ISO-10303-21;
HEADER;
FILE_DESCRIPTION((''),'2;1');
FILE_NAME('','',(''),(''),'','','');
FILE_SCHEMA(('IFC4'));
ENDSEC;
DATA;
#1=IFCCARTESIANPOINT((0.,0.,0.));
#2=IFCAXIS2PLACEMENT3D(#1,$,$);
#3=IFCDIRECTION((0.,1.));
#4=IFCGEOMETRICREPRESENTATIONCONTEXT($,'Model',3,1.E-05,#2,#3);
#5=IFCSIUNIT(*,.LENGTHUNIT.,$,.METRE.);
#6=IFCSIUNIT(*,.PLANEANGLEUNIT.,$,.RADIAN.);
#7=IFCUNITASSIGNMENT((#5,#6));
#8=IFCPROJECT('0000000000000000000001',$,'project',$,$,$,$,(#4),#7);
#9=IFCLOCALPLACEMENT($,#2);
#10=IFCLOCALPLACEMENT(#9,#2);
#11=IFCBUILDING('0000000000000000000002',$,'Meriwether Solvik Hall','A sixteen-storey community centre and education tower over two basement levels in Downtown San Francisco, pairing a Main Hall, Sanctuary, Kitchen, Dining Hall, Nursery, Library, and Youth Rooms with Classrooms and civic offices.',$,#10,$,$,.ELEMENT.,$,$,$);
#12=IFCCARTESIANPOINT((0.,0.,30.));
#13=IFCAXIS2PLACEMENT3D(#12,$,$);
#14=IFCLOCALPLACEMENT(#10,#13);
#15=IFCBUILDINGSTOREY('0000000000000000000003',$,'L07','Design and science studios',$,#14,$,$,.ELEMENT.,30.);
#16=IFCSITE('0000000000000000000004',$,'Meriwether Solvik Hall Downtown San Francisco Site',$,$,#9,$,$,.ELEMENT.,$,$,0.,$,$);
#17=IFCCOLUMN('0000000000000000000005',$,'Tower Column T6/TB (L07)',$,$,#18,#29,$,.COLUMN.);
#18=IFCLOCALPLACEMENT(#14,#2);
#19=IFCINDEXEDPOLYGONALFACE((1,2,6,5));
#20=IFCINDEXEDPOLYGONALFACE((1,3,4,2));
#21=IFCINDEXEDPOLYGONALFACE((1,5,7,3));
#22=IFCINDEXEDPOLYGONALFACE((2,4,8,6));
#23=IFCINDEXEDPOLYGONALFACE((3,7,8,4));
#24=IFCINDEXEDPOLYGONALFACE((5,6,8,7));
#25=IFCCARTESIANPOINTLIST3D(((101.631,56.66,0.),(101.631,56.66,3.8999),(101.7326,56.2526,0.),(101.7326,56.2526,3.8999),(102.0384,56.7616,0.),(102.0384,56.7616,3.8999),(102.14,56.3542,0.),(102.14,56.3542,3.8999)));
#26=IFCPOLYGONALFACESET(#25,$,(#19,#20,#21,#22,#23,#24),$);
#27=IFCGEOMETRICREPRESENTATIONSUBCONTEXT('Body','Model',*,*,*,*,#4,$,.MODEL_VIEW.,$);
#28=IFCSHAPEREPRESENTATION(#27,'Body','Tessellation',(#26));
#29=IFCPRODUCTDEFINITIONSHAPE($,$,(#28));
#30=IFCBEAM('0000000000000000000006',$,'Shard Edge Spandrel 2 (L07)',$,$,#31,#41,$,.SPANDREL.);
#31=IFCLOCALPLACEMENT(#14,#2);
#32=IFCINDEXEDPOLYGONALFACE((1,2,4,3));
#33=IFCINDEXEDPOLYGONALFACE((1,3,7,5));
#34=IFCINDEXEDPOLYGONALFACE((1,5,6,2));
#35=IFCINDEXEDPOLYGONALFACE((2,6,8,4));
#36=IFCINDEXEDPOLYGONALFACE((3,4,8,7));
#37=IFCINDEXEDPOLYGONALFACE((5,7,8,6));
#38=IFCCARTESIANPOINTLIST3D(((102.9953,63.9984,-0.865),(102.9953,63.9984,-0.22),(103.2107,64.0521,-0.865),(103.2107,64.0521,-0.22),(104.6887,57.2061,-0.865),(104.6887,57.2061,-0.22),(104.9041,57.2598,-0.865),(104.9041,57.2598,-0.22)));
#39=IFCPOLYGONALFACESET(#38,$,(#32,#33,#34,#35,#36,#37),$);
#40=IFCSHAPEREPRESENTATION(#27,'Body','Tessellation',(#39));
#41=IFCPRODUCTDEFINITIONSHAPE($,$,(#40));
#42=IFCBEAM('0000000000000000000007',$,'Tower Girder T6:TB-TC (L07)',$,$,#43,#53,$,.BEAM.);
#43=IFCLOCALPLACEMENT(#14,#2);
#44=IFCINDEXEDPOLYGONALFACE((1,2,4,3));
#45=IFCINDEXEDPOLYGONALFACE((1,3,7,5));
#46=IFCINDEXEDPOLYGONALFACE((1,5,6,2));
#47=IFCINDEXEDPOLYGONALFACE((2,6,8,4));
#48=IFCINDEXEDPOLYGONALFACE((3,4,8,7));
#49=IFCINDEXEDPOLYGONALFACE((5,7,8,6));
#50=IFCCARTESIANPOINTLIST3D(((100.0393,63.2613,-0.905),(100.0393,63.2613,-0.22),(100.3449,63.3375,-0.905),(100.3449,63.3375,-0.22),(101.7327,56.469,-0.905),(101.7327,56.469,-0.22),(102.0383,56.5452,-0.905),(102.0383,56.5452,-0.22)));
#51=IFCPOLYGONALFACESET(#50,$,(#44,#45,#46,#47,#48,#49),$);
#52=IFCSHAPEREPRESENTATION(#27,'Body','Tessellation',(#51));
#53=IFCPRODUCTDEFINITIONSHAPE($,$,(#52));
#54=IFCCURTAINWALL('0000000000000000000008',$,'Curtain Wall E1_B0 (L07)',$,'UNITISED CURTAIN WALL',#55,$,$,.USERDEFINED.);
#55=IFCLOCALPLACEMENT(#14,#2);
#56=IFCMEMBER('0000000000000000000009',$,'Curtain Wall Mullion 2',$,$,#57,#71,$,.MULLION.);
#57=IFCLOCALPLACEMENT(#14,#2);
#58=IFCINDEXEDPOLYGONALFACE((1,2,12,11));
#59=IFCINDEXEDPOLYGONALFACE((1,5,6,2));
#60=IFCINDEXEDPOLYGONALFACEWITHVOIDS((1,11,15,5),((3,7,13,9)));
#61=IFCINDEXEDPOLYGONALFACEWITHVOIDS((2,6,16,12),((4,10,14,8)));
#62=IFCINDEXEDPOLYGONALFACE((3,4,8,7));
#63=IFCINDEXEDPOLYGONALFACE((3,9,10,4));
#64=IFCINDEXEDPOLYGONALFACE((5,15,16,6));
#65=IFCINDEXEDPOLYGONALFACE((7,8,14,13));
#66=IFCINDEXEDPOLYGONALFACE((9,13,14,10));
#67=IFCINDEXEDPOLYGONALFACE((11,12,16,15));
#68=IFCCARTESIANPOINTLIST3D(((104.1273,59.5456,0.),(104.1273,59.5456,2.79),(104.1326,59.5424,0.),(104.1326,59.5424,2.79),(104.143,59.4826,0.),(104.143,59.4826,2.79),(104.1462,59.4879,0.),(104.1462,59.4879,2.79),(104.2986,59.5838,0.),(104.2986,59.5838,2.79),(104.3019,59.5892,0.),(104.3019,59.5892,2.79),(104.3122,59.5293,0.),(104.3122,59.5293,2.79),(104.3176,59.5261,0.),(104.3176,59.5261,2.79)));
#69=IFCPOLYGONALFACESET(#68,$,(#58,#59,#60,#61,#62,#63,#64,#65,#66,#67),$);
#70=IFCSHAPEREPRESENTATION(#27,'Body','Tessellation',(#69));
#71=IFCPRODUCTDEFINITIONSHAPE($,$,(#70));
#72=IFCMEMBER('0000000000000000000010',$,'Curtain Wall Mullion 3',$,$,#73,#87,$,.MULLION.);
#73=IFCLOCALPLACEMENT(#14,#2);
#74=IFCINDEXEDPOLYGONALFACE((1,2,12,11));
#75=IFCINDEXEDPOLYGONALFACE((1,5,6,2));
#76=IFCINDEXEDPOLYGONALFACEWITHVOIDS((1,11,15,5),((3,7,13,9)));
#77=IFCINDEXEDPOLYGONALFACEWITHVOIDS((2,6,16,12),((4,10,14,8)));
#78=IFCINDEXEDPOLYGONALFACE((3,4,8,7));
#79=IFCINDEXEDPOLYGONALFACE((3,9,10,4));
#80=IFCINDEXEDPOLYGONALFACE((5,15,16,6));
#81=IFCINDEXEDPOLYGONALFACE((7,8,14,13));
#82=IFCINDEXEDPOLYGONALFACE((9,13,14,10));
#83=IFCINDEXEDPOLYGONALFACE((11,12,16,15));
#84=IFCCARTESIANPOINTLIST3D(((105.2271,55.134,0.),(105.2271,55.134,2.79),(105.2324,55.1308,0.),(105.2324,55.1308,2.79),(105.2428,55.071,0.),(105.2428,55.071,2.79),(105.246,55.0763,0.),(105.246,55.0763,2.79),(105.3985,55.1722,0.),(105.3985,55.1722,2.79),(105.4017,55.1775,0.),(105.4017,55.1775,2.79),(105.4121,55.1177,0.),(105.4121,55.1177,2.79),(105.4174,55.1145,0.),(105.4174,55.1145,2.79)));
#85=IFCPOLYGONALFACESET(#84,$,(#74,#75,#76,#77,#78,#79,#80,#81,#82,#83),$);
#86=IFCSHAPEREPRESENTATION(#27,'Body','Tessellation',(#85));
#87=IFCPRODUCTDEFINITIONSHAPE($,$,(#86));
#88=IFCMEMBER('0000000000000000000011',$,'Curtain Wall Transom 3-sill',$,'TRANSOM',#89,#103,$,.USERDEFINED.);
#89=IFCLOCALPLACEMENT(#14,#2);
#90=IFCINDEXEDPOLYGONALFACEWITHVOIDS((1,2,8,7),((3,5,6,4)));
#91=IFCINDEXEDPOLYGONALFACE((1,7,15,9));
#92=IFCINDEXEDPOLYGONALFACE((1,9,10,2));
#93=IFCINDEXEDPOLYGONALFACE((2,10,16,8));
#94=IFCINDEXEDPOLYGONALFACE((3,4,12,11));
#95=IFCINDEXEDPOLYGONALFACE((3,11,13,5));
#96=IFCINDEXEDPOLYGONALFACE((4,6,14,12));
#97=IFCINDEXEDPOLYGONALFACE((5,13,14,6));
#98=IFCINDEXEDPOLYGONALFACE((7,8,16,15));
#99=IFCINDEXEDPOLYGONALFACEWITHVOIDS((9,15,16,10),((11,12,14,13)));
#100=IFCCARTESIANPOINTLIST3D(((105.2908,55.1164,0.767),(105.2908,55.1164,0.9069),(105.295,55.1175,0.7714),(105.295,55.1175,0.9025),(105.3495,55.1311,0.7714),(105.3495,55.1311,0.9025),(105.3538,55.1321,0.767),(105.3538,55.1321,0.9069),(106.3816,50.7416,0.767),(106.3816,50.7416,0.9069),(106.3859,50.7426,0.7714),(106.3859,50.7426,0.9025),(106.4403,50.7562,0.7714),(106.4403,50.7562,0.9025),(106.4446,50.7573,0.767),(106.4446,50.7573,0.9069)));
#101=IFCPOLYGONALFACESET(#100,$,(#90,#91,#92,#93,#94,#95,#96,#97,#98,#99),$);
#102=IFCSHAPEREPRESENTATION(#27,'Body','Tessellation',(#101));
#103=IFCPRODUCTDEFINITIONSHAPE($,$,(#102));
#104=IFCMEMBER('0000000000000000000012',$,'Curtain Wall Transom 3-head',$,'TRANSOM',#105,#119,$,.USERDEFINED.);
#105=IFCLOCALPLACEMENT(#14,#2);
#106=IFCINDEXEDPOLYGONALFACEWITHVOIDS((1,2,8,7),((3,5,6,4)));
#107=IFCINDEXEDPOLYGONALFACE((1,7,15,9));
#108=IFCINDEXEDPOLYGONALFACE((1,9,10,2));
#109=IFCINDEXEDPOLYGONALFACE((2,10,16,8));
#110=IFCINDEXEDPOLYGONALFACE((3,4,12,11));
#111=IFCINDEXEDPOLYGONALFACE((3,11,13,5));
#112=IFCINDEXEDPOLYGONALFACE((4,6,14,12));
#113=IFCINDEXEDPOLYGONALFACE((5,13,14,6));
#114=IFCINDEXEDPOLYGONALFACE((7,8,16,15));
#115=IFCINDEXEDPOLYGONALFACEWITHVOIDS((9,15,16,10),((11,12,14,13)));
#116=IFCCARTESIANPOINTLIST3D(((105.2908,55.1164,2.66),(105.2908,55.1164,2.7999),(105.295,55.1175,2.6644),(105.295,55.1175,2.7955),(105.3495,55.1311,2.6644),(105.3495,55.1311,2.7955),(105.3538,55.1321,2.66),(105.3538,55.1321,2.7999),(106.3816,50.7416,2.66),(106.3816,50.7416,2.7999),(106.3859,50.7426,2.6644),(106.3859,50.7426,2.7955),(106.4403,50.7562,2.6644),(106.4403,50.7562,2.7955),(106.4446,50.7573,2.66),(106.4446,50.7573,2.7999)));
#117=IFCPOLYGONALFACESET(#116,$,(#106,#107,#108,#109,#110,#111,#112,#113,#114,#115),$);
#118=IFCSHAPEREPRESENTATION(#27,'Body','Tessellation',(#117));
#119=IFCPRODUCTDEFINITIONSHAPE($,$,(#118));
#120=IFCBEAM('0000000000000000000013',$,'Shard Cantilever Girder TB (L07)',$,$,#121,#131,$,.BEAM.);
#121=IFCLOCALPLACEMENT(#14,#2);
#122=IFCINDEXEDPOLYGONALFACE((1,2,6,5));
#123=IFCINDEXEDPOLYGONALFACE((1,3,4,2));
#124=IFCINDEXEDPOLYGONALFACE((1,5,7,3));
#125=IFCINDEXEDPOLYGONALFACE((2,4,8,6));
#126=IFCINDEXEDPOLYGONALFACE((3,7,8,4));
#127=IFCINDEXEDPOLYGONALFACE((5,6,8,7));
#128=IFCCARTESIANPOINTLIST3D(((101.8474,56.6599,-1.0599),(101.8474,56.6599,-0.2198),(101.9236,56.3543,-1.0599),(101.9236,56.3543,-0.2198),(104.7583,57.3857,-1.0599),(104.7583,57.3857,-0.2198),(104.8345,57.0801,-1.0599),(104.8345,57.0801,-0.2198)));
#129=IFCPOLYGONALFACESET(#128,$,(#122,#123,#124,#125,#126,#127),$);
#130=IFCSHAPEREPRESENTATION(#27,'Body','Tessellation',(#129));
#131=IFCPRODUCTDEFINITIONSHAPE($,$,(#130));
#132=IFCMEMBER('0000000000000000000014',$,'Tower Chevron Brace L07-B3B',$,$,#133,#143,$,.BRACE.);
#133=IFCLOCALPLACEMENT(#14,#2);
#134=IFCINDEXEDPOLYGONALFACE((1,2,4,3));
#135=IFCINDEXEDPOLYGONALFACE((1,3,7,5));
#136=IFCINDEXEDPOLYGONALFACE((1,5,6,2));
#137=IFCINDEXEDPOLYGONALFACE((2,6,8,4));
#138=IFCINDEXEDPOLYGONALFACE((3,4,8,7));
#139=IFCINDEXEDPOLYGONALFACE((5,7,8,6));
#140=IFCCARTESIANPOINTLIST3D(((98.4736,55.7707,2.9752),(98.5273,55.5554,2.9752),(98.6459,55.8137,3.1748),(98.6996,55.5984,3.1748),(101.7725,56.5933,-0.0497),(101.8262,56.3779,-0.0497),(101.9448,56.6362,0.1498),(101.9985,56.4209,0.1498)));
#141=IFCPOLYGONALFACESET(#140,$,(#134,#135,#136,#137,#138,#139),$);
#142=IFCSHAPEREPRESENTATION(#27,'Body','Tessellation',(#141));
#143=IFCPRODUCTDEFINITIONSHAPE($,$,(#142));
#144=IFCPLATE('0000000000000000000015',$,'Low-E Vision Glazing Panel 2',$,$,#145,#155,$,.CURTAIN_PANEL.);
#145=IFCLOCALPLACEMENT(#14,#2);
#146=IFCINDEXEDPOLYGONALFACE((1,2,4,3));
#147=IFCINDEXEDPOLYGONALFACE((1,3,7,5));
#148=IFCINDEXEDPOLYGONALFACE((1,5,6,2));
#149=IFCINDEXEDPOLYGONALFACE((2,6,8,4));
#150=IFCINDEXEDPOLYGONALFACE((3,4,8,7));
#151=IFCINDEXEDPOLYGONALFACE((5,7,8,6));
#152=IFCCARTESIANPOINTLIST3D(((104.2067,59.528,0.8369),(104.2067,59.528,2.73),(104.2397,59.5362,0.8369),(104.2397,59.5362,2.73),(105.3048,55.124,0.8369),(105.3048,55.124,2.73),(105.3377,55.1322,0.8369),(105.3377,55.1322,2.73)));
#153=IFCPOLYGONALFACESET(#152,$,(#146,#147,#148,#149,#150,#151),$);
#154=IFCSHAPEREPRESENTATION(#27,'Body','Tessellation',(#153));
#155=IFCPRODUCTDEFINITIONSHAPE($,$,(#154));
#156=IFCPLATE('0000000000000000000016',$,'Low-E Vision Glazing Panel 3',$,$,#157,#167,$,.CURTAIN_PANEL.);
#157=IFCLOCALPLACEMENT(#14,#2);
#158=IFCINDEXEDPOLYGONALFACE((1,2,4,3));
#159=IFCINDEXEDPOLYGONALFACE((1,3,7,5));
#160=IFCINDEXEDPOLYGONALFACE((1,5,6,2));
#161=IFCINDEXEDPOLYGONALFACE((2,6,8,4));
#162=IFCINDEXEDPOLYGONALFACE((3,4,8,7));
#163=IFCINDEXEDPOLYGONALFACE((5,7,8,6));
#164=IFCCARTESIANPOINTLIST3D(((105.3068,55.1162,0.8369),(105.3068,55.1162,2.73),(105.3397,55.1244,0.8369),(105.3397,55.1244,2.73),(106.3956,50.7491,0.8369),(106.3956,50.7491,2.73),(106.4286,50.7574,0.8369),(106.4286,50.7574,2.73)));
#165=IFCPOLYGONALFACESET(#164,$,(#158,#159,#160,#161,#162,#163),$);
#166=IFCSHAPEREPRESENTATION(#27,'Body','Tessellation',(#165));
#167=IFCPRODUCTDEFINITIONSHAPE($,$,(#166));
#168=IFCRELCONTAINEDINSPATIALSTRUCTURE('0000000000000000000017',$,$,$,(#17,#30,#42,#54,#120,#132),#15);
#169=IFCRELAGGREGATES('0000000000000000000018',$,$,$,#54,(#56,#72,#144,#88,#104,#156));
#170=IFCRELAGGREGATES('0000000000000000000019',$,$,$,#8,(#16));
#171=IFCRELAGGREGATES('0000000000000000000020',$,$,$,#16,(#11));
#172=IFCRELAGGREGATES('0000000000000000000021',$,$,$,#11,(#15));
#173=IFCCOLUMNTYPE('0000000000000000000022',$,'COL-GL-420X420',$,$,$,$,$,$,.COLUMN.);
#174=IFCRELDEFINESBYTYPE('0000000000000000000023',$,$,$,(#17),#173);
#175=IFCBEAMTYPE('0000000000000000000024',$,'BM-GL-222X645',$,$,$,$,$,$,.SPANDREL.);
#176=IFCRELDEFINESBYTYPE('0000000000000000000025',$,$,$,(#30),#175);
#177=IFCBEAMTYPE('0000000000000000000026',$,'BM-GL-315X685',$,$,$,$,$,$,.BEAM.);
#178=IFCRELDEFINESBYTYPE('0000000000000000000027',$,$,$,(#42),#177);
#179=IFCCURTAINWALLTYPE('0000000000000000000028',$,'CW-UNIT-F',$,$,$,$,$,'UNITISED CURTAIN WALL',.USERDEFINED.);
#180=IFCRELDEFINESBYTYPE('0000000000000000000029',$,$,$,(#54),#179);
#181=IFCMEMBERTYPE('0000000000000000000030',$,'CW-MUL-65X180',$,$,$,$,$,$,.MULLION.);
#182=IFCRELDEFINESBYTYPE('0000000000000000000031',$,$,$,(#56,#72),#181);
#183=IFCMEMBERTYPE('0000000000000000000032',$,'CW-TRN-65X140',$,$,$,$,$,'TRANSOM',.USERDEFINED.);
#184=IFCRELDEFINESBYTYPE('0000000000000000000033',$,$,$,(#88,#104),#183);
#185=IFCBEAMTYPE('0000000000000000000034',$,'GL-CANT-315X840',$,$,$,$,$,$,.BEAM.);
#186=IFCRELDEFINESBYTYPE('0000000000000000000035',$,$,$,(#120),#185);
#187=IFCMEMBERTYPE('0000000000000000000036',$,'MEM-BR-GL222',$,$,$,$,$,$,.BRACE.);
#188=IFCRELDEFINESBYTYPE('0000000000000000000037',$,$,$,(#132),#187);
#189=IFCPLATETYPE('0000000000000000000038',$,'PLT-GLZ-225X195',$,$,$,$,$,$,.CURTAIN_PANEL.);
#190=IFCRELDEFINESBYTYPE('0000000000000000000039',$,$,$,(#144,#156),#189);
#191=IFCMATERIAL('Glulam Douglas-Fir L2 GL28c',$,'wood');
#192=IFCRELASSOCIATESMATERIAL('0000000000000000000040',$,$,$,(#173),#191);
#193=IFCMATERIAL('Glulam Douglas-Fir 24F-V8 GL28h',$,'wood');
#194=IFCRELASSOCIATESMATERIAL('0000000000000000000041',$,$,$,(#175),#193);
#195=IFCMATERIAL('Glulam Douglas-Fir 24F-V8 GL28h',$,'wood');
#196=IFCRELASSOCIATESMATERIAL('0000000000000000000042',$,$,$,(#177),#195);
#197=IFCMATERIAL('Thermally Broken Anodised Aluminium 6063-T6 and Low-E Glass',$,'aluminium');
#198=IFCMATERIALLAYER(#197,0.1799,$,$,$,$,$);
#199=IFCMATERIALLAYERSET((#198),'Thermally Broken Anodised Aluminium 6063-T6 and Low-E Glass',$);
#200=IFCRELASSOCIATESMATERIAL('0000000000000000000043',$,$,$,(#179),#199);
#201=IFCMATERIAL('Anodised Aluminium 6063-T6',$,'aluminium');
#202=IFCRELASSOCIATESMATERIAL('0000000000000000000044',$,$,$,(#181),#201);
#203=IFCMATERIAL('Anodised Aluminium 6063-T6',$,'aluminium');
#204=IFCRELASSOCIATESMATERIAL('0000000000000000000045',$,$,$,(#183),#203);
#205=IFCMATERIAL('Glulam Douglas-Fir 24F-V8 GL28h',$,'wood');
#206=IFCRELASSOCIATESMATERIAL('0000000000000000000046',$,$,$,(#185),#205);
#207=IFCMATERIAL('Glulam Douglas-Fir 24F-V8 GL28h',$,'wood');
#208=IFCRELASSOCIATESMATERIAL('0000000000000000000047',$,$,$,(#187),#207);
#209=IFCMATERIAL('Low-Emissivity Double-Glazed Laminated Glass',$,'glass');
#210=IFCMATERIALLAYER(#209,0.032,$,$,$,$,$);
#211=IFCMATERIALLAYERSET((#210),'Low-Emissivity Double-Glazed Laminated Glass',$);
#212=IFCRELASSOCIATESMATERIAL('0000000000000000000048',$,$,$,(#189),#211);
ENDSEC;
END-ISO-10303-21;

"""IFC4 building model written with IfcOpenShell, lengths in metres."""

from ifc_helpers import new_model, si_unit, direction, frame, origin, origin_2d, place, context, subcontext, project, spatial, rectangle, hollow_rectangle, extrude, material, layer, layer_set, material_profile, profile_set, type_object, element, aggregate, save


model = new_model("IFC4")

# Units and contexts
model_context = context("Model", 3, precision=1e-05, world=origin(), true_north=direction((0.0, 1.0)))
body_context = subcontext(model_context, "Body", "Model", "MODEL_VIEW")
ifc_project = project(units=[si_unit("LENGTHUNIT", "METRE"), si_unit("PLANEANGLEUNIT", "RADIAN")], contexts=[model_context])

# Site, building, storey
site_placement = place(None, origin())
site = spatial("IfcSite", under=ifc_project, at=site_placement, Name="Meriwether Solvik Hall Downtown San Francisco Site", CompositionType="ELEMENT", RefElevation=0.0)
building_placement = place(site_placement, origin())
building = spatial("IfcBuilding", under=site, at=building_placement, Name="Meriwether Solvik Hall", Description="A sixteen-storey community centre and education tower over two basement levels in Downtown San Francisco, pairing a Main Hall, Sanctuary, Kitchen, Dining Hall, Nursery, Library, and Youth Rooms with Classrooms and civic offices.", CompositionType="ELEMENT")
storey_placement = place(building_placement, frame((0.0, 0.0, 30.0)))
storey = spatial("IfcBuildingStorey", under=building, at=storey_placement, Name="L07", Description="Design and science studios", CompositionType="ELEMENT", Elevation=30.0)

# Column
ifc_material_1 = material(Name="Glulam Douglas-Fir L2 GL28c", Category="wood")
ifc_material_profile_1 = material_profile(ifc_material_1, rectangle(XDim=0.4199, YDim=0.4199, at=origin_2d()), Name="GLC-420X420")
ifc_profile_set_1 = profile_set([ifc_material_profile_1], Name="Glulam Douglas-Fir L2 GL28c")
column_type = type_object("IfcColumnType", Name="COL-GL-420X420", PredefinedType="COLUMN", material=ifc_profile_set_1)
column_placement = place(storey_placement, frame((101.8855, 56.5071, 0.0), z_axis=(0.0, 0.0, 1.0), x_axis=(0.970296, 0.241922, 0.0)))
element("IfcColumn", 1, at=column_placement, inside=storey, type_object=column_type, Name="Tower Column T6/TB (L07)", PredefinedType="COLUMN", context=body_context, shape_type="SweptSolid", body=[
    extrude(rectangle(XDim=0.4199, YDim=0.4199, at=origin_2d()), origin(), (0.0, 0.0, 1.0), 3.8999),
])

# Beams
ifc_material_2 = material(Name="Glulam Douglas-Fir 24F-V8 GL28h", Category="wood")
ifc_material_profile_2 = material_profile(ifc_material_2, rectangle(XDim=0.2219, YDim=0.645, at=origin_2d()), Name="GLB-222X645")
ifc_profile_set_2 = profile_set([ifc_material_profile_2], Name="Glulam Douglas-Fir 24F-V8 GL28h")
beam_type_1 = type_object("IfcBeamType", Name="BM-GL-222X645", PredefinedType="SPANDREL", material=ifc_profile_set_2)
beam_1_placement = place(storey_placement, frame((104.7964, 57.2329, -0.5425), z_axis=(-0.241904, 0.9703, 0.0), x_axis=(-0.9703, -0.241904, 0.0)))
element("IfcBeam", 2, at=beam_1_placement, inside=storey, type_object=beam_type_1, Name="Shard Edge Spandrel 2 (L07)", PredefinedType="SPANDREL", context=body_context, shape_type="SweptSolid", body=[
    extrude(rectangle(XDim=0.2219, YDim=0.645, at=origin_2d()), origin(), (0.0, 0.0, 1.0), 7.0002),
])
ifc_material_3 = material(Name="Glulam Douglas-Fir 24F-V8 GL28h", Category="wood")
ifc_material_profile_3 = material_profile(ifc_material_3, rectangle(XDim=0.3149, YDim=0.6851, at=origin_2d()), Name="GLB-315X685")
ifc_profile_set_3 = profile_set([ifc_material_profile_3], Name="Glulam Douglas-Fir 24F-V8 GL28h")
beam_type_2 = type_object("IfcBeamType", Name="BM-GL-315X685", PredefinedType="BEAM", material=ifc_profile_set_3)
beam_2_placement = place(storey_placement, frame((101.8855, 56.5071, -0.5625), z_axis=(-0.241904, 0.9703, 0.0), x_axis=(-0.9703, -0.241904, 0.0)))
element("IfcBeam", 3, at=beam_2_placement, inside=storey, type_object=beam_type_2, Name="Tower Girder T6:TB-TC (L07)", PredefinedType="BEAM", context=body_context, shape_type="SweptSolid", body=[
    extrude(rectangle(XDim=0.3149, YDim=0.6851, at=origin_2d()), origin(), (0.0, 0.0, 1.0), 7.0002),
])

# Curtain wall, members
ifc_material_4 = material(Name="Thermally Broken Anodised Aluminium 6063-T6 and Low-E Glass", Category="aluminium")
ifc_layer_1 = layer(ifc_material_4, 0.1799)
ifc_layer_set_1 = layer_set([ifc_layer_1], Name="Thermally Broken Anodised Aluminium 6063-T6 and Low-E Glass")
curtain_wall_type = type_object("IfcCurtainWallType", Name="CW-UNIT-F", ElementType="UNITISED CURTAIN WALL", PredefinedType="USERDEFINED", material=ifc_layer_set_1)
curtain_wall_placement = place(storey_placement, origin())
curtain_wall = element("IfcCurtainWall", 4, at=curtain_wall_placement, inside=storey, type_object=curtain_wall_type, Name="Curtain Wall E1_B0 (L07)", ObjectType="UNITISED CURTAIN WALL", PredefinedType="USERDEFINED")
ifc_material_5 = material(Name="Anodised Aluminium 6063-T6", Category="aluminium")
ifc_material_profile_4 = material_profile(ifc_material_5, hollow_rectangle(XDim=0.0649, YDim=0.1799, WallThickness=0.0044, at=origin_2d()), Name="CWM-65X180")
ifc_profile_set_4 = profile_set([ifc_material_profile_4], Name="Anodised Aluminium 6063-T6")
member_type_1 = type_object("IfcMemberType", Name="CW-MUL-65X180", PredefinedType="MULLION", material=ifc_profile_set_4)
member_1_placement = place(storey_placement, frame((104.2224, 59.5359, 0.0), z_axis=(0.0, 0.0, 1.0), x_axis=(0.241922, -0.970296, 0.0)))
member_1 = element("IfcMember", 5, at=member_1_placement, type_object=member_type_1, Name="Curtain Wall Mullion 2", PredefinedType="MULLION", context=body_context, shape_type="SweptSolid", body=[
    extrude(hollow_rectangle(XDim=0.0649, YDim=0.1799, WallThickness=0.0044, at=origin_2d()), origin(), (0.0, 0.0, 1.0), 2.79),
])
member_2_placement = place(storey_placement, frame((105.3223, 55.1243, 0.0), z_axis=(0.0, 0.0, 1.0), x_axis=(0.241922, -0.970296, 0.0)))
member_2 = element("IfcMember", 6, at=member_2_placement, type_object=member_type_1, Name="Curtain Wall Mullion 3", PredefinedType="MULLION", context=body_context, shape_type="SweptSolid", body=[
    extrude(hollow_rectangle(XDim=0.0649, YDim=0.1799, WallThickness=0.0044, at=origin_2d()), origin(), (0.0, 0.0, 1.0), 2.79),
])
ifc_material_6 = material(Name="Anodised Aluminium 6063-T6", Category="aluminium")
ifc_material_profile_5 = material_profile(ifc_material_6, hollow_rectangle(XDim=0.0649, YDim=0.1399, WallThickness=0.0044, at=origin_2d()), Name="CWT-65X140")
ifc_profile_set_5 = profile_set([ifc_material_profile_5], Name="Anodised Aluminium 6063-T6")
member_type_2 = type_object("IfcMemberType", Name="CW-TRN-65X140", ElementType="TRANSOM", PredefinedType="USERDEFINED", material=ifc_profile_set_5)
member_3_placement = place(storey_placement, frame((105.3223, 55.1243, 0.8369), z_axis=(0.241937, -0.970292, 0.0), x_axis=(0.970292, 0.241937, 0.0)))
member_3 = element("IfcMember", 7, at=member_3_placement, type_object=member_type_2, Name="Curtain Wall Transom 3-sill", ObjectType="TRANSOM", PredefinedType="USERDEFINED", context=body_context, shape_type="SweptSolid", body=[
    extrude(hollow_rectangle(XDim=0.0649, YDim=0.1399, WallThickness=0.0044, at=origin_2d()), origin(), (0.0, 0.0, 1.0), 4.5088),
])
member_4_placement = place(storey_placement, frame((105.3223, 55.1243, 2.73), z_axis=(0.241937, -0.970292, 0.0), x_axis=(0.970292, 0.241937, 0.0)))
member_4 = element("IfcMember", 8, at=member_4_placement, type_object=member_type_2, Name="Curtain Wall Transom 3-head", ObjectType="TRANSOM", PredefinedType="USERDEFINED", context=body_context, shape_type="SweptSolid", body=[
    extrude(hollow_rectangle(XDim=0.0649, YDim=0.1399, WallThickness=0.0044, at=origin_2d()), origin(), (0.0, 0.0, 1.0), 4.5088),
])

# Beam
ifc_material_7 = material(Name="Glulam Douglas-Fir 24F-V8 GL28h", Category="wood")
ifc_material_profile_6 = material_profile(ifc_material_7, rectangle(XDim=0.3149, YDim=0.8401, at=origin_2d()), Name="GLB-315X840")
ifc_profile_set_6 = profile_set([ifc_material_profile_6], Name="Glulam Douglas-Fir 24F-V8 GL28h")
beam_type_3 = type_object("IfcBeamType", Name="GL-CANT-315X840", PredefinedType="BEAM", material=ifc_profile_set_6)
beam_3_placement = place(storey_placement, frame((101.8855, 56.5071, -0.6399), z_axis=(0.970291, 0.241942, 0.0), x_axis=(-0.241942, 0.970291, 0.0)))
element("IfcBeam", 9, at=beam_3_placement, inside=storey, type_object=beam_type_3, Name="Shard Cantilever Girder TB (L07)", PredefinedType="BEAM", context=body_context, shape_type="SweptSolid", body=[
    extrude(rectangle(XDim=0.3149, YDim=0.8401, at=origin_2d()), origin(), (0.0, 0.0, 1.0), 3.0),
])

# Member
ifc_material_8 = material(Name="Glulam Douglas-Fir 24F-V8 GL28h", Category="wood")
ifc_material_profile_7 = material_profile(ifc_material_8, rectangle(XDim=0.2219, YDim=0.2671, at=origin_2d()), Name="GLM-222X267")
ifc_profile_set_7 = profile_set([ifc_material_profile_7], Name="Glulam Douglas-Fir 24F-V8 GL28h")
member_type_3 = type_object("IfcMemberType", Name="MEM-BR-GL222", PredefinedType="BRACE", material=ifc_profile_set_7)
member_5_placement = place(storey_placement, frame((101.8855, 56.5071, 0.05), z_axis=(-0.724906, -0.180744, 0.664712), x_axis=(0.241927, -0.970294, 0.0)))
element("IfcMember", 10, at=member_5_placement, inside=storey, type_object=member_type_3, Name="Tower Chevron Brace L07-B3B", PredefinedType="BRACE", context=body_context, shape_type="SweptSolid", body=[
    extrude(rectangle(XDim=0.2219, YDim=0.2671, at=origin_2d()), origin(), (0.0, 0.0, 1.0), 4.5508),
])

# Plates
ifc_material_9 = material(Name="Low-Emissivity Double-Glazed Laminated Glass", Category="glass")
ifc_layer_2 = layer(ifc_material_9, 0.032)
ifc_layer_set_2 = layer_set([ifc_layer_2], Name="Low-Emissivity Double-Glazed Laminated Glass")
plate_type_1 = type_object("IfcPlateType", Name="PLT-GLZ-225X195", PredefinedType="CURTAIN_PANEL", material=ifc_layer_set_2)
plate_1_placement = place(storey_placement, frame((104.7722, 57.3301, 0.8369), z_axis=(0.0, 0.0, 1.0), x_axis=(0.241922, -0.970296, 0.0)))
plate_1 = element("IfcPlate", 11, at=plate_1_placement, type_object=plate_type_1, Name="Low-E Vision Glazing Panel 2", PredefinedType="CURTAIN_PANEL", context=body_context, shape_type="SweptSolid", body=[
    extrude(rectangle(XDim=4.5388, YDim=0.0339, at=origin_2d()), origin(), (0.0, 0.0, 1.0), 1.8931),
])
plate_2_placement = place(storey_placement, frame((105.8677, 52.9368, 0.8369), z_axis=(0.0, 0.0, 1.0), x_axis=(0.241922, -0.970296, 0.0)))
plate_2 = element("IfcPlate", 12, at=plate_2_placement, type_object=plate_type_1, Name="Low-E Vision Glazing Panel 3", PredefinedType="CURTAIN_PANEL", context=body_context, shape_type="SweptSolid", body=[
    extrude(rectangle(XDim=4.5007, YDim=0.0339, at=origin_2d()), origin(), (0.0, 0.0, 1.0), 1.8931),
])
aggregate(curtain_wall, [member_1, member_2, plate_1, member_3, member_4, plate_2])

save(model, "model.ifc")
